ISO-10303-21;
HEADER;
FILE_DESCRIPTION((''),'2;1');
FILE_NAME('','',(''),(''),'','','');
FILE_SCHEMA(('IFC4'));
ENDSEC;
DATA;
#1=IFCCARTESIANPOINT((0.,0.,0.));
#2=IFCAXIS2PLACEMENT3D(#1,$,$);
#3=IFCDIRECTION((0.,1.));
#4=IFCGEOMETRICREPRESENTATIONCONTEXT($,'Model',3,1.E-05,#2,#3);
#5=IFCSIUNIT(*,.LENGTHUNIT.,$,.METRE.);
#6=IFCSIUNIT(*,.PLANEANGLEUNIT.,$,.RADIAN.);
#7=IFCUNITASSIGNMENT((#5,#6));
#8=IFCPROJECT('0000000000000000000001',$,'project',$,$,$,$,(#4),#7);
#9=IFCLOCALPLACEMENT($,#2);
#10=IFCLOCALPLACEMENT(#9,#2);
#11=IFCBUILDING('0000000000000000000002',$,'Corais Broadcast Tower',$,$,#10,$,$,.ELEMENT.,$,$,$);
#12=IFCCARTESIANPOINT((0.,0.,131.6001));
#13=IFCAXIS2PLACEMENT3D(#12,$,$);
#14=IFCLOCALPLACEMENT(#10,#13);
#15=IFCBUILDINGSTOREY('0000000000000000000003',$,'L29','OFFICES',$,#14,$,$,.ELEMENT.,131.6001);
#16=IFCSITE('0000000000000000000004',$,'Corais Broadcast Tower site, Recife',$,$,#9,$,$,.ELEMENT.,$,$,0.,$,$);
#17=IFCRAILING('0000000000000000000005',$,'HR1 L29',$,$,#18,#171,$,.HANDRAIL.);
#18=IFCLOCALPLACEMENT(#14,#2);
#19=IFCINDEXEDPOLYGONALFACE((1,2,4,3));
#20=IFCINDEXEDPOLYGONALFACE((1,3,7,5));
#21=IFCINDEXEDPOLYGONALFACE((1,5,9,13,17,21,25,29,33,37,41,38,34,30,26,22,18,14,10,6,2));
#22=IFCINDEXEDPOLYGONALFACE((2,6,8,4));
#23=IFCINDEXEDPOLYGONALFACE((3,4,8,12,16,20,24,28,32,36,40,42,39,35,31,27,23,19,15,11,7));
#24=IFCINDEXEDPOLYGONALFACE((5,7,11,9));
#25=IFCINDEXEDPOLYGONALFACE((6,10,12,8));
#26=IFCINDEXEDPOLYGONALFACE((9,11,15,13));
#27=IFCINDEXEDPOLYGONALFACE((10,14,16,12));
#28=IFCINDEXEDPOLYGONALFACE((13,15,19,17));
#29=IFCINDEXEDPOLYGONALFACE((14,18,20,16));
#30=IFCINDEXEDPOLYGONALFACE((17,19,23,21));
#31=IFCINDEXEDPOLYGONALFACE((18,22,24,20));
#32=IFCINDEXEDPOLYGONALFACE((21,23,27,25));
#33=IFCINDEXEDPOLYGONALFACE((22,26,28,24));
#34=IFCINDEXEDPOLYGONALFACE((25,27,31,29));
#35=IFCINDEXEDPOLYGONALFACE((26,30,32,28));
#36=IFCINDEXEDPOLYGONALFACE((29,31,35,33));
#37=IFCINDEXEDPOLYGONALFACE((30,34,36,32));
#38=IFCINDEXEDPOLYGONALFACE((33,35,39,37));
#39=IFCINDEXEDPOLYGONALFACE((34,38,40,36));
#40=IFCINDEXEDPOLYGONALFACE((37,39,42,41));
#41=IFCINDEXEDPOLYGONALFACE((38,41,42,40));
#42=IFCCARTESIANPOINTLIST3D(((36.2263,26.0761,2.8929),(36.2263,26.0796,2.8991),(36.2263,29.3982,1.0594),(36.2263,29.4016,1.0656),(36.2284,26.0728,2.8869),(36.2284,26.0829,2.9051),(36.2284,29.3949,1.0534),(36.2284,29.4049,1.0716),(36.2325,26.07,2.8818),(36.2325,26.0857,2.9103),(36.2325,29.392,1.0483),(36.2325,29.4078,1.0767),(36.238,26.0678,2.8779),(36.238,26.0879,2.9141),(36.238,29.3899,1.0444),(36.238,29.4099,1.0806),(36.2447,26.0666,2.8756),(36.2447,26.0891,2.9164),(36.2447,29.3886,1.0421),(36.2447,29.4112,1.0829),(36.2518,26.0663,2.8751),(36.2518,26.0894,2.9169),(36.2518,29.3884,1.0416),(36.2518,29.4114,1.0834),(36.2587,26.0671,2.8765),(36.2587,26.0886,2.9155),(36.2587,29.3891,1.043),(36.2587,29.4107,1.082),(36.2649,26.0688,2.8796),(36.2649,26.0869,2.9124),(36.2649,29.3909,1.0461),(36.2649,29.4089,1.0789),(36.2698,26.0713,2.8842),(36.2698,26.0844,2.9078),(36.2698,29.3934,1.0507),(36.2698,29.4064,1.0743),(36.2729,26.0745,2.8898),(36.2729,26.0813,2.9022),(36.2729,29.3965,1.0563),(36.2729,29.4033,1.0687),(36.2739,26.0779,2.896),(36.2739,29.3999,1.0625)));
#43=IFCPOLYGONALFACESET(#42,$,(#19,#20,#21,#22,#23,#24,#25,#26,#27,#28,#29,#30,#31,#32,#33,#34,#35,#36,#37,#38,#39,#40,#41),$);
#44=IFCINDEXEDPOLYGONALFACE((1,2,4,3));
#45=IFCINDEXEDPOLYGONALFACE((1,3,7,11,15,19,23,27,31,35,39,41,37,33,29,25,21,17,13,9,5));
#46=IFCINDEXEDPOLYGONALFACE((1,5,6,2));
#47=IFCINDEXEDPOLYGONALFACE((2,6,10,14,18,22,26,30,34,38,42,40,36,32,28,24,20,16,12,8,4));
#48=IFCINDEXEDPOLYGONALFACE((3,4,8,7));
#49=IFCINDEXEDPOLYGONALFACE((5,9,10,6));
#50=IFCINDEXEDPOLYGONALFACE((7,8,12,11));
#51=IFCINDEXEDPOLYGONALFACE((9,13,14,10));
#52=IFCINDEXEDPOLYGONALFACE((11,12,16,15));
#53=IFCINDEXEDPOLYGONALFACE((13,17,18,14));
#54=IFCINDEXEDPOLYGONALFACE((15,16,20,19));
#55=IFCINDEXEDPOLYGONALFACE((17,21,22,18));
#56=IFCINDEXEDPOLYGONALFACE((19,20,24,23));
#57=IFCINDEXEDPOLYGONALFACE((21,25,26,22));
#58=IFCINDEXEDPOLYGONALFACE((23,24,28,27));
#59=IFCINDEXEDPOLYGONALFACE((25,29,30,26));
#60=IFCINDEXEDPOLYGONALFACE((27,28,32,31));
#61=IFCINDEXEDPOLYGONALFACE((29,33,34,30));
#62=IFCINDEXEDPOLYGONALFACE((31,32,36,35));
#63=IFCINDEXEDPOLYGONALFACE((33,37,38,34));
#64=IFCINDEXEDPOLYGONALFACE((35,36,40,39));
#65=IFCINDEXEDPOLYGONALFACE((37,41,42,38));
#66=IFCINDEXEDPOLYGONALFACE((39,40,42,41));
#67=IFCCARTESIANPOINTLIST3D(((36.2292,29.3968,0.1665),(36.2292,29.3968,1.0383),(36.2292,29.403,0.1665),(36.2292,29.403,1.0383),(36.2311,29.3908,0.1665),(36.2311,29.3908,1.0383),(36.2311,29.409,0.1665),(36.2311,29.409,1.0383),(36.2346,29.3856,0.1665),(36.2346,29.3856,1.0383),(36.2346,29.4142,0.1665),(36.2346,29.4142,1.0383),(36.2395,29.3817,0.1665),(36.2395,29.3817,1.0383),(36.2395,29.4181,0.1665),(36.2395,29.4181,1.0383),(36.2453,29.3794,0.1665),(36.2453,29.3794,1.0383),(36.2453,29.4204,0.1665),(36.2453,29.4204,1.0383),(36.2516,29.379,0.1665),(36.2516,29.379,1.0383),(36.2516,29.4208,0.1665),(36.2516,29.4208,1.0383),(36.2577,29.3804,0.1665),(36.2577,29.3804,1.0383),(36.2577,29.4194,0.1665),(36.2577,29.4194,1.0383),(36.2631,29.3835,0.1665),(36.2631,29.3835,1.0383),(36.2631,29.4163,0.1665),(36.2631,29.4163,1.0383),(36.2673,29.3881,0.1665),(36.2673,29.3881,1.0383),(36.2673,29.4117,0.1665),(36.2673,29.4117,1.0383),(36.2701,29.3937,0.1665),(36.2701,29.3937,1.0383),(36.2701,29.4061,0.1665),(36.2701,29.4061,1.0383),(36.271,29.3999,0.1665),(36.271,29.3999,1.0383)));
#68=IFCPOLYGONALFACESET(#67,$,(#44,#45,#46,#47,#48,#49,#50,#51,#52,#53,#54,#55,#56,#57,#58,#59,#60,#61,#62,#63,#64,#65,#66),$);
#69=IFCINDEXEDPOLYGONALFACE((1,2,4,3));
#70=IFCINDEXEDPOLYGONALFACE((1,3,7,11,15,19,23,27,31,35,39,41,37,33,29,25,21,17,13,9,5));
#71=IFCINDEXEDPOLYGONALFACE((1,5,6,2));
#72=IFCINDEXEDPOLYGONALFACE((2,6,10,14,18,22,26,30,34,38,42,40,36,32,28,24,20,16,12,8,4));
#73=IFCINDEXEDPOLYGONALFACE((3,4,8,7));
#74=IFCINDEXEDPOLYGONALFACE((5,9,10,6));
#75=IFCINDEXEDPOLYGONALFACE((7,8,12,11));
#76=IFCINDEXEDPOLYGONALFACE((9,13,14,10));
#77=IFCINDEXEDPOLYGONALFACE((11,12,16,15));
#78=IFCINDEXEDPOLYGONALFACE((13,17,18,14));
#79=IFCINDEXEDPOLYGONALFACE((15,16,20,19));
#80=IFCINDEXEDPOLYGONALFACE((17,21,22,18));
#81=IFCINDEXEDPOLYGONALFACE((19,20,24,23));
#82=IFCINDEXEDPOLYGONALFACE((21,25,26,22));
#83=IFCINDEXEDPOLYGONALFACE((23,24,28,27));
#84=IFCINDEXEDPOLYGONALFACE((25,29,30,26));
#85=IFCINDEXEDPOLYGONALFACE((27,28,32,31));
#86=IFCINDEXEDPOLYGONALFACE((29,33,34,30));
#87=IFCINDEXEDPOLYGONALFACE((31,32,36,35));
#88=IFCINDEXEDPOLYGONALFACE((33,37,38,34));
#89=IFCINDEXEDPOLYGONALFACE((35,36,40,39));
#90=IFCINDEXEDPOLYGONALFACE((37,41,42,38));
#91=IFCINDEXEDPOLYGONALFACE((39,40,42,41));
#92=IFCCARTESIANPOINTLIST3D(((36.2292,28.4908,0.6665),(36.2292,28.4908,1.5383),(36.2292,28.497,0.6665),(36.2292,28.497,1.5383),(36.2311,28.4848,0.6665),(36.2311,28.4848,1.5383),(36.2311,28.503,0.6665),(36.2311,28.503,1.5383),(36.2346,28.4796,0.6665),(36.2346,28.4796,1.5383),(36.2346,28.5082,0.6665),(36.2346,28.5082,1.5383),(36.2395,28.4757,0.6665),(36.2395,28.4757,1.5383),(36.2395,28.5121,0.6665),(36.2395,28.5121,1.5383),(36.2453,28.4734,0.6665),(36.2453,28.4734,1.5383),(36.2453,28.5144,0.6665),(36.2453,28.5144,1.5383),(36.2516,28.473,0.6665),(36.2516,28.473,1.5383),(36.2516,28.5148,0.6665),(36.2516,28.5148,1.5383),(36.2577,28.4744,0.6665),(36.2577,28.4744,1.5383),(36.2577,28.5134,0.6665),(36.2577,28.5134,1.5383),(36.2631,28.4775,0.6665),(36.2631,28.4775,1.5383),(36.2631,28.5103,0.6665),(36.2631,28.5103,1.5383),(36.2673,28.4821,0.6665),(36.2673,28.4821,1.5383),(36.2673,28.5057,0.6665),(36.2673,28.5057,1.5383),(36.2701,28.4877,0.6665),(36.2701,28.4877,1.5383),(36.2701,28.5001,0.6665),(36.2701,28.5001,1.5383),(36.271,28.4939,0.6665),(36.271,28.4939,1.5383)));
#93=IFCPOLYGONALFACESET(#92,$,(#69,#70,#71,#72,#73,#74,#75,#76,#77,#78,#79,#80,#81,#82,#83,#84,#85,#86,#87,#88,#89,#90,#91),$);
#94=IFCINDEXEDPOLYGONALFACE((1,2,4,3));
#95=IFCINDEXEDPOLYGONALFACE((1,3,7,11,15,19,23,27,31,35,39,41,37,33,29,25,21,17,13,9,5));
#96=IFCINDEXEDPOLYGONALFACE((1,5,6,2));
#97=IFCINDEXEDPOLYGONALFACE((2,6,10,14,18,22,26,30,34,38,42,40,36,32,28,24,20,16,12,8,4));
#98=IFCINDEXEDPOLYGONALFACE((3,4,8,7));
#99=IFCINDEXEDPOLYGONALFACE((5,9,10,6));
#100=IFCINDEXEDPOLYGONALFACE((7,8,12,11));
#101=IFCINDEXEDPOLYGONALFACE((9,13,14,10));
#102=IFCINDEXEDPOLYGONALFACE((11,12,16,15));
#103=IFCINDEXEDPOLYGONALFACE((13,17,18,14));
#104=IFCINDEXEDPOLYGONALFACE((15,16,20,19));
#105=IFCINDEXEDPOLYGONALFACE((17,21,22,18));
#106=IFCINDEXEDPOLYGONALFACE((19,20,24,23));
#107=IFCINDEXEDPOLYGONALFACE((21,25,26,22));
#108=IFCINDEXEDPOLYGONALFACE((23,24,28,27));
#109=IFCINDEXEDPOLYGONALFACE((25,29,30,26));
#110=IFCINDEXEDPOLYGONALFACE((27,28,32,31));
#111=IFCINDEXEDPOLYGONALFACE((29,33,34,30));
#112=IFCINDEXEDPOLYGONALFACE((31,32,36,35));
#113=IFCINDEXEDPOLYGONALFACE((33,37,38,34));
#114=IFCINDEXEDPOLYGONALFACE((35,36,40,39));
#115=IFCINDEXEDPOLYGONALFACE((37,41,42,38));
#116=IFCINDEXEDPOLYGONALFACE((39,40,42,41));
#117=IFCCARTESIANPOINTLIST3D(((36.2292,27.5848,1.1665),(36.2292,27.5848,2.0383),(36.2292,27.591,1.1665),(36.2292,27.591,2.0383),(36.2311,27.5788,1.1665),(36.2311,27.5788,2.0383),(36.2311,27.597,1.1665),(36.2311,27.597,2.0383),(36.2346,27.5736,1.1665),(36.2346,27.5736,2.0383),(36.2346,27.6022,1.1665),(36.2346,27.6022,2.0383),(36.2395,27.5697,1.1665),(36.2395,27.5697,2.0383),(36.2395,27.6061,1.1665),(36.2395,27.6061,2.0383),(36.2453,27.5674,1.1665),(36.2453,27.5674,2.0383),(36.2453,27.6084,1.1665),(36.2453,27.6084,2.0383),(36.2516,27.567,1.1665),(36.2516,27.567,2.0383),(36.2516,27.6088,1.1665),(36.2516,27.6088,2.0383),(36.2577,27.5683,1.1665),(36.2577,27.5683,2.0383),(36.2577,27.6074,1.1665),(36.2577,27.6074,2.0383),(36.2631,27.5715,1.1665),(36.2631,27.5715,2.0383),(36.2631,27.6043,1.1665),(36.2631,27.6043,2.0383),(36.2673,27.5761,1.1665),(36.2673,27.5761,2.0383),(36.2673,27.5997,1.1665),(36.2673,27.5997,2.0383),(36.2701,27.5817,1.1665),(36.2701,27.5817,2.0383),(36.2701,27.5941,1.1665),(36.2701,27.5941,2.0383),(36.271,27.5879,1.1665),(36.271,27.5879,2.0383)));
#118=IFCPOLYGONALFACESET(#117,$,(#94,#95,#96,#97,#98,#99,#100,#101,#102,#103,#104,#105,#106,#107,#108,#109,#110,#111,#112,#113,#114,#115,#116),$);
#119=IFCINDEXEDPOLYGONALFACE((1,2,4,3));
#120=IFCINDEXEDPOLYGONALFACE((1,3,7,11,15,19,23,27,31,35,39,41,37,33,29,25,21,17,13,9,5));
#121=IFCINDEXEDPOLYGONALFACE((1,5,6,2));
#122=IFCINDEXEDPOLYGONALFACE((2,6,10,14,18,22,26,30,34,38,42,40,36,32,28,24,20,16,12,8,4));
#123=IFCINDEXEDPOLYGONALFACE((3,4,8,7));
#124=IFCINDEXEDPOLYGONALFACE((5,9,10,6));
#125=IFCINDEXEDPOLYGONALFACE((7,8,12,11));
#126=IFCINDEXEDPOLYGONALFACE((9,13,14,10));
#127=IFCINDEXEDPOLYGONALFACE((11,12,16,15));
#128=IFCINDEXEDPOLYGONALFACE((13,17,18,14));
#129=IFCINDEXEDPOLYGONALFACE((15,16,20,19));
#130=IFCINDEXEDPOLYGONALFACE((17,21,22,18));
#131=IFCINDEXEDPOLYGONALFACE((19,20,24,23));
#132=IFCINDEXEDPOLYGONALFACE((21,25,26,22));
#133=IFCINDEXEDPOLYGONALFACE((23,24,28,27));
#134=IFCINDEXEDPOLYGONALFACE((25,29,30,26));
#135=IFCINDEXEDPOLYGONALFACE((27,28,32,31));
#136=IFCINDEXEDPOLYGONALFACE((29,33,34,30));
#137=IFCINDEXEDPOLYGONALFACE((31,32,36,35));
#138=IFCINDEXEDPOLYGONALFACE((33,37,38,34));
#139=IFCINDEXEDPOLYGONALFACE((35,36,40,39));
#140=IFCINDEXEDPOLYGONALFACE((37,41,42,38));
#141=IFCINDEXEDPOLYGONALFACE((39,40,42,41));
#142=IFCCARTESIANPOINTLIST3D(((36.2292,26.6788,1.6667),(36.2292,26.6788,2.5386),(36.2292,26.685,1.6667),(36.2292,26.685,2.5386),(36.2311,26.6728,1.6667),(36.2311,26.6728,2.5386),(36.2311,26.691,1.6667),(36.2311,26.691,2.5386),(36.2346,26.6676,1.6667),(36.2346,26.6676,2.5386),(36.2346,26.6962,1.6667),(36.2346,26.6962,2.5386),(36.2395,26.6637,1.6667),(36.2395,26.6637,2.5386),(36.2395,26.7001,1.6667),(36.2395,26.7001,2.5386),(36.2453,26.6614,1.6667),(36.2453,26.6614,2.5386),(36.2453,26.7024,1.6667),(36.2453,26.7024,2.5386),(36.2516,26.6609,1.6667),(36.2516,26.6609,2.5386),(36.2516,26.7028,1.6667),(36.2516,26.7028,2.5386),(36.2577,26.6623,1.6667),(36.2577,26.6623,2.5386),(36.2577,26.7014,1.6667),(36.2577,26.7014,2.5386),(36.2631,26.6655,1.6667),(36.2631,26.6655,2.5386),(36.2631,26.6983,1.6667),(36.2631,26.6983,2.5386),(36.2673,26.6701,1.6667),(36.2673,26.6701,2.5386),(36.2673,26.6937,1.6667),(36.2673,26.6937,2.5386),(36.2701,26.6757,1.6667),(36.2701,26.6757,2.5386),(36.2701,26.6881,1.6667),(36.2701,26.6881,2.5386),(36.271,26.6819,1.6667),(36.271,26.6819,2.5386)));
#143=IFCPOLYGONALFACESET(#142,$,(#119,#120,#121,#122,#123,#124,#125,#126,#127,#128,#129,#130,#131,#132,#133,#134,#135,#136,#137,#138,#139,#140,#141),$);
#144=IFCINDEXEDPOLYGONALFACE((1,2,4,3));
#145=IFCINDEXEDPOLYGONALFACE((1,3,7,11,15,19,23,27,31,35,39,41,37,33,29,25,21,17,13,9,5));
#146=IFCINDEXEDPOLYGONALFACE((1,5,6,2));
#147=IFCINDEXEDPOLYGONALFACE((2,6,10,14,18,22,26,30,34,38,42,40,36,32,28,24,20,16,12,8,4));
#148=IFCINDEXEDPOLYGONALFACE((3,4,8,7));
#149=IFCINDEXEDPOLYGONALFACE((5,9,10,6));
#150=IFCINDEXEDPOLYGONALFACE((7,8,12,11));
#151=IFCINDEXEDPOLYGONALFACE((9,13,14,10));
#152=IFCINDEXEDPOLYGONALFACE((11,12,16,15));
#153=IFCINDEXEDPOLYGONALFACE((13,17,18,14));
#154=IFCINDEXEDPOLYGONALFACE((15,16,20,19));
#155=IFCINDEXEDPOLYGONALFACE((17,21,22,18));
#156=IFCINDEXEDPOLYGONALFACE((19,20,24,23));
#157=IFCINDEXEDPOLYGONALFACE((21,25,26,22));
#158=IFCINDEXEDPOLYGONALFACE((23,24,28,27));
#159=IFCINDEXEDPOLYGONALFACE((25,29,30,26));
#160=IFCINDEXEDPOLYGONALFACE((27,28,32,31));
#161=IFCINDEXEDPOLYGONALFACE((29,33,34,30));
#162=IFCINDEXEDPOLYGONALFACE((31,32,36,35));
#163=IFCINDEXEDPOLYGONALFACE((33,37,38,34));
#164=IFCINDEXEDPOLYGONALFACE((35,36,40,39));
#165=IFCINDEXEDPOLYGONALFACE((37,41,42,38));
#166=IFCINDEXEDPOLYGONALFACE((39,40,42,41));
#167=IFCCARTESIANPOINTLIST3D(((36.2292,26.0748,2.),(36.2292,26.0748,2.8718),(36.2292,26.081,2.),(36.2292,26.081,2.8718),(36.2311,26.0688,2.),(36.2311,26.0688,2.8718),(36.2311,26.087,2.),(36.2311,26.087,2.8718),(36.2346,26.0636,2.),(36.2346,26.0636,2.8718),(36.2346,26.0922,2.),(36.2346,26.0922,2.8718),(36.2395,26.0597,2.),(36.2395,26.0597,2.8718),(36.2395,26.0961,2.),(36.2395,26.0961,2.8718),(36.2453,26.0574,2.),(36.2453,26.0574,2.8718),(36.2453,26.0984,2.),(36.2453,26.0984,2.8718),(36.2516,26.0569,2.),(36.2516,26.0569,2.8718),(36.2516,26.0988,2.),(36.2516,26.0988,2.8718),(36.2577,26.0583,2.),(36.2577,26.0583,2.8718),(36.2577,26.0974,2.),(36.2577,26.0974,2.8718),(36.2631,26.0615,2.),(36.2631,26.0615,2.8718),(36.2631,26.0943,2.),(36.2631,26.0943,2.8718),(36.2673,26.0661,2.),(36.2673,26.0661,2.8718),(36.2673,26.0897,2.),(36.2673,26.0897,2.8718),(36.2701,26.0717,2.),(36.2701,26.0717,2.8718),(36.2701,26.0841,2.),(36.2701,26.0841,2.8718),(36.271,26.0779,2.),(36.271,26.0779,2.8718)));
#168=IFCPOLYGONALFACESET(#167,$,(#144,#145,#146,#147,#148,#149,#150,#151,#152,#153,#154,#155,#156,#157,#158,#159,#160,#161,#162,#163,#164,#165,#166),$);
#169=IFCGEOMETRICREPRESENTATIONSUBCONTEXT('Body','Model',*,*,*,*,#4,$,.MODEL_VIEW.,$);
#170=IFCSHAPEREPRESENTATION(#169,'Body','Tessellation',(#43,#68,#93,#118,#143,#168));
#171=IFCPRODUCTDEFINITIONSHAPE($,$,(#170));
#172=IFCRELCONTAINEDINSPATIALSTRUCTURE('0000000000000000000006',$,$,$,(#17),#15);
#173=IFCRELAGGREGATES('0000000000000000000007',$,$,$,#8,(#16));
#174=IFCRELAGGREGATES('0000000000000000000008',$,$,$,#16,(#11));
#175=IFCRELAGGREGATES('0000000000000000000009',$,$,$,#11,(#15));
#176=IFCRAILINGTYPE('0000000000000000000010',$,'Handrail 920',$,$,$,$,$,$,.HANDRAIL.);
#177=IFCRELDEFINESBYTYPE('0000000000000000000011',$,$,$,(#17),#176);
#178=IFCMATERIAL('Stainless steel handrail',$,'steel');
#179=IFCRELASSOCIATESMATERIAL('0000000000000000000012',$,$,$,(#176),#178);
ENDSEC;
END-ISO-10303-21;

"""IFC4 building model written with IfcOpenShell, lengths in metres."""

from ifc_helpers import new_model, si_unit, direction, frame, origin, origin_2d, place, context, subcontext, project, spatial, circle, extrude, material, type_object, element, save


model = new_model("IFC4")

# Units and contexts
model_context = context("Model", 3, precision=1e-05, world=origin(), true_north=direction((0.0, 1.0)))
body_context = subcontext(model_context, "Body", "Model", "MODEL_VIEW")
ifc_project = project(units=[si_unit("LENGTHUNIT", "METRE"), si_unit("PLANEANGLEUNIT", "RADIAN")], contexts=[model_context])

# Site, building, storey
site_placement = place(None, origin())
site = spatial("IfcSite", under=ifc_project, at=site_placement, Name="Corais Broadcast Tower site, Recife", CompositionType="ELEMENT", RefElevation=0.0)
building_placement = place(site_placement, origin())
building = spatial("IfcBuilding", under=site, at=building_placement, Name="Corais Broadcast Tower", CompositionType="ELEMENT")
storey_placement = place(building_placement, frame((0.0, 0.0, 131.6001)))
storey = spatial("IfcBuildingStorey", under=building, at=storey_placement, Name="L29", Description="OFFICES", CompositionType="ELEMENT", Elevation=131.6001)

# Railing
ifc_material_1 = material(Name="Stainless steel handrail", Category="steel")
railing_type = type_object("IfcRailingType", Name="Handrail 920", PredefinedType="HANDRAIL", material=ifc_material_1)
for number, where, name in (
    (1, (36.25, 29.3999, 0.1665), "HR1 L29"),
):
    element("IfcRailing", number, at=place(storey_placement, frame(where)), inside=storey, type_object=railing_type, Name=name, PredefinedType="HANDRAIL", context=body_context, shape_type="SweptSolid", body=[
        extrude(circle(Radius=0.0239, at=origin_2d()), frame((0.0, 0.0, 0.896), z_axis=(0.0, -0.875504, 0.48321), x_axis=(1.0, 0.0, 0.0)), (0.0, 0.0, 1.0), 3.7944),
        extrude(circle(Radius=0.021, at=origin_2d()), origin(), (0.0, 0.0, 1.0), 0.8718),
        extrude(circle(Radius=0.021, at=origin_2d()), frame((0.0, -0.906, 0.5)), (0.0, 0.0, 1.0), 0.8718),
        extrude(circle(Radius=0.021, at=origin_2d()), frame((0.0, -1.812, 1.0)), (0.0, 0.0, 1.0), 0.8718),
        extrude(circle(Radius=0.021, at=origin_2d()), frame((0.0, -2.718, 1.5002)), (0.0, 0.0, 1.0), 0.8718),
        extrude(circle(Radius=0.021, at=origin_2d()), frame((0.0, -3.322, 1.8335)), (0.0, 0.0, 1.0), 0.8718),
    ])

save(model, "model.ifc")
